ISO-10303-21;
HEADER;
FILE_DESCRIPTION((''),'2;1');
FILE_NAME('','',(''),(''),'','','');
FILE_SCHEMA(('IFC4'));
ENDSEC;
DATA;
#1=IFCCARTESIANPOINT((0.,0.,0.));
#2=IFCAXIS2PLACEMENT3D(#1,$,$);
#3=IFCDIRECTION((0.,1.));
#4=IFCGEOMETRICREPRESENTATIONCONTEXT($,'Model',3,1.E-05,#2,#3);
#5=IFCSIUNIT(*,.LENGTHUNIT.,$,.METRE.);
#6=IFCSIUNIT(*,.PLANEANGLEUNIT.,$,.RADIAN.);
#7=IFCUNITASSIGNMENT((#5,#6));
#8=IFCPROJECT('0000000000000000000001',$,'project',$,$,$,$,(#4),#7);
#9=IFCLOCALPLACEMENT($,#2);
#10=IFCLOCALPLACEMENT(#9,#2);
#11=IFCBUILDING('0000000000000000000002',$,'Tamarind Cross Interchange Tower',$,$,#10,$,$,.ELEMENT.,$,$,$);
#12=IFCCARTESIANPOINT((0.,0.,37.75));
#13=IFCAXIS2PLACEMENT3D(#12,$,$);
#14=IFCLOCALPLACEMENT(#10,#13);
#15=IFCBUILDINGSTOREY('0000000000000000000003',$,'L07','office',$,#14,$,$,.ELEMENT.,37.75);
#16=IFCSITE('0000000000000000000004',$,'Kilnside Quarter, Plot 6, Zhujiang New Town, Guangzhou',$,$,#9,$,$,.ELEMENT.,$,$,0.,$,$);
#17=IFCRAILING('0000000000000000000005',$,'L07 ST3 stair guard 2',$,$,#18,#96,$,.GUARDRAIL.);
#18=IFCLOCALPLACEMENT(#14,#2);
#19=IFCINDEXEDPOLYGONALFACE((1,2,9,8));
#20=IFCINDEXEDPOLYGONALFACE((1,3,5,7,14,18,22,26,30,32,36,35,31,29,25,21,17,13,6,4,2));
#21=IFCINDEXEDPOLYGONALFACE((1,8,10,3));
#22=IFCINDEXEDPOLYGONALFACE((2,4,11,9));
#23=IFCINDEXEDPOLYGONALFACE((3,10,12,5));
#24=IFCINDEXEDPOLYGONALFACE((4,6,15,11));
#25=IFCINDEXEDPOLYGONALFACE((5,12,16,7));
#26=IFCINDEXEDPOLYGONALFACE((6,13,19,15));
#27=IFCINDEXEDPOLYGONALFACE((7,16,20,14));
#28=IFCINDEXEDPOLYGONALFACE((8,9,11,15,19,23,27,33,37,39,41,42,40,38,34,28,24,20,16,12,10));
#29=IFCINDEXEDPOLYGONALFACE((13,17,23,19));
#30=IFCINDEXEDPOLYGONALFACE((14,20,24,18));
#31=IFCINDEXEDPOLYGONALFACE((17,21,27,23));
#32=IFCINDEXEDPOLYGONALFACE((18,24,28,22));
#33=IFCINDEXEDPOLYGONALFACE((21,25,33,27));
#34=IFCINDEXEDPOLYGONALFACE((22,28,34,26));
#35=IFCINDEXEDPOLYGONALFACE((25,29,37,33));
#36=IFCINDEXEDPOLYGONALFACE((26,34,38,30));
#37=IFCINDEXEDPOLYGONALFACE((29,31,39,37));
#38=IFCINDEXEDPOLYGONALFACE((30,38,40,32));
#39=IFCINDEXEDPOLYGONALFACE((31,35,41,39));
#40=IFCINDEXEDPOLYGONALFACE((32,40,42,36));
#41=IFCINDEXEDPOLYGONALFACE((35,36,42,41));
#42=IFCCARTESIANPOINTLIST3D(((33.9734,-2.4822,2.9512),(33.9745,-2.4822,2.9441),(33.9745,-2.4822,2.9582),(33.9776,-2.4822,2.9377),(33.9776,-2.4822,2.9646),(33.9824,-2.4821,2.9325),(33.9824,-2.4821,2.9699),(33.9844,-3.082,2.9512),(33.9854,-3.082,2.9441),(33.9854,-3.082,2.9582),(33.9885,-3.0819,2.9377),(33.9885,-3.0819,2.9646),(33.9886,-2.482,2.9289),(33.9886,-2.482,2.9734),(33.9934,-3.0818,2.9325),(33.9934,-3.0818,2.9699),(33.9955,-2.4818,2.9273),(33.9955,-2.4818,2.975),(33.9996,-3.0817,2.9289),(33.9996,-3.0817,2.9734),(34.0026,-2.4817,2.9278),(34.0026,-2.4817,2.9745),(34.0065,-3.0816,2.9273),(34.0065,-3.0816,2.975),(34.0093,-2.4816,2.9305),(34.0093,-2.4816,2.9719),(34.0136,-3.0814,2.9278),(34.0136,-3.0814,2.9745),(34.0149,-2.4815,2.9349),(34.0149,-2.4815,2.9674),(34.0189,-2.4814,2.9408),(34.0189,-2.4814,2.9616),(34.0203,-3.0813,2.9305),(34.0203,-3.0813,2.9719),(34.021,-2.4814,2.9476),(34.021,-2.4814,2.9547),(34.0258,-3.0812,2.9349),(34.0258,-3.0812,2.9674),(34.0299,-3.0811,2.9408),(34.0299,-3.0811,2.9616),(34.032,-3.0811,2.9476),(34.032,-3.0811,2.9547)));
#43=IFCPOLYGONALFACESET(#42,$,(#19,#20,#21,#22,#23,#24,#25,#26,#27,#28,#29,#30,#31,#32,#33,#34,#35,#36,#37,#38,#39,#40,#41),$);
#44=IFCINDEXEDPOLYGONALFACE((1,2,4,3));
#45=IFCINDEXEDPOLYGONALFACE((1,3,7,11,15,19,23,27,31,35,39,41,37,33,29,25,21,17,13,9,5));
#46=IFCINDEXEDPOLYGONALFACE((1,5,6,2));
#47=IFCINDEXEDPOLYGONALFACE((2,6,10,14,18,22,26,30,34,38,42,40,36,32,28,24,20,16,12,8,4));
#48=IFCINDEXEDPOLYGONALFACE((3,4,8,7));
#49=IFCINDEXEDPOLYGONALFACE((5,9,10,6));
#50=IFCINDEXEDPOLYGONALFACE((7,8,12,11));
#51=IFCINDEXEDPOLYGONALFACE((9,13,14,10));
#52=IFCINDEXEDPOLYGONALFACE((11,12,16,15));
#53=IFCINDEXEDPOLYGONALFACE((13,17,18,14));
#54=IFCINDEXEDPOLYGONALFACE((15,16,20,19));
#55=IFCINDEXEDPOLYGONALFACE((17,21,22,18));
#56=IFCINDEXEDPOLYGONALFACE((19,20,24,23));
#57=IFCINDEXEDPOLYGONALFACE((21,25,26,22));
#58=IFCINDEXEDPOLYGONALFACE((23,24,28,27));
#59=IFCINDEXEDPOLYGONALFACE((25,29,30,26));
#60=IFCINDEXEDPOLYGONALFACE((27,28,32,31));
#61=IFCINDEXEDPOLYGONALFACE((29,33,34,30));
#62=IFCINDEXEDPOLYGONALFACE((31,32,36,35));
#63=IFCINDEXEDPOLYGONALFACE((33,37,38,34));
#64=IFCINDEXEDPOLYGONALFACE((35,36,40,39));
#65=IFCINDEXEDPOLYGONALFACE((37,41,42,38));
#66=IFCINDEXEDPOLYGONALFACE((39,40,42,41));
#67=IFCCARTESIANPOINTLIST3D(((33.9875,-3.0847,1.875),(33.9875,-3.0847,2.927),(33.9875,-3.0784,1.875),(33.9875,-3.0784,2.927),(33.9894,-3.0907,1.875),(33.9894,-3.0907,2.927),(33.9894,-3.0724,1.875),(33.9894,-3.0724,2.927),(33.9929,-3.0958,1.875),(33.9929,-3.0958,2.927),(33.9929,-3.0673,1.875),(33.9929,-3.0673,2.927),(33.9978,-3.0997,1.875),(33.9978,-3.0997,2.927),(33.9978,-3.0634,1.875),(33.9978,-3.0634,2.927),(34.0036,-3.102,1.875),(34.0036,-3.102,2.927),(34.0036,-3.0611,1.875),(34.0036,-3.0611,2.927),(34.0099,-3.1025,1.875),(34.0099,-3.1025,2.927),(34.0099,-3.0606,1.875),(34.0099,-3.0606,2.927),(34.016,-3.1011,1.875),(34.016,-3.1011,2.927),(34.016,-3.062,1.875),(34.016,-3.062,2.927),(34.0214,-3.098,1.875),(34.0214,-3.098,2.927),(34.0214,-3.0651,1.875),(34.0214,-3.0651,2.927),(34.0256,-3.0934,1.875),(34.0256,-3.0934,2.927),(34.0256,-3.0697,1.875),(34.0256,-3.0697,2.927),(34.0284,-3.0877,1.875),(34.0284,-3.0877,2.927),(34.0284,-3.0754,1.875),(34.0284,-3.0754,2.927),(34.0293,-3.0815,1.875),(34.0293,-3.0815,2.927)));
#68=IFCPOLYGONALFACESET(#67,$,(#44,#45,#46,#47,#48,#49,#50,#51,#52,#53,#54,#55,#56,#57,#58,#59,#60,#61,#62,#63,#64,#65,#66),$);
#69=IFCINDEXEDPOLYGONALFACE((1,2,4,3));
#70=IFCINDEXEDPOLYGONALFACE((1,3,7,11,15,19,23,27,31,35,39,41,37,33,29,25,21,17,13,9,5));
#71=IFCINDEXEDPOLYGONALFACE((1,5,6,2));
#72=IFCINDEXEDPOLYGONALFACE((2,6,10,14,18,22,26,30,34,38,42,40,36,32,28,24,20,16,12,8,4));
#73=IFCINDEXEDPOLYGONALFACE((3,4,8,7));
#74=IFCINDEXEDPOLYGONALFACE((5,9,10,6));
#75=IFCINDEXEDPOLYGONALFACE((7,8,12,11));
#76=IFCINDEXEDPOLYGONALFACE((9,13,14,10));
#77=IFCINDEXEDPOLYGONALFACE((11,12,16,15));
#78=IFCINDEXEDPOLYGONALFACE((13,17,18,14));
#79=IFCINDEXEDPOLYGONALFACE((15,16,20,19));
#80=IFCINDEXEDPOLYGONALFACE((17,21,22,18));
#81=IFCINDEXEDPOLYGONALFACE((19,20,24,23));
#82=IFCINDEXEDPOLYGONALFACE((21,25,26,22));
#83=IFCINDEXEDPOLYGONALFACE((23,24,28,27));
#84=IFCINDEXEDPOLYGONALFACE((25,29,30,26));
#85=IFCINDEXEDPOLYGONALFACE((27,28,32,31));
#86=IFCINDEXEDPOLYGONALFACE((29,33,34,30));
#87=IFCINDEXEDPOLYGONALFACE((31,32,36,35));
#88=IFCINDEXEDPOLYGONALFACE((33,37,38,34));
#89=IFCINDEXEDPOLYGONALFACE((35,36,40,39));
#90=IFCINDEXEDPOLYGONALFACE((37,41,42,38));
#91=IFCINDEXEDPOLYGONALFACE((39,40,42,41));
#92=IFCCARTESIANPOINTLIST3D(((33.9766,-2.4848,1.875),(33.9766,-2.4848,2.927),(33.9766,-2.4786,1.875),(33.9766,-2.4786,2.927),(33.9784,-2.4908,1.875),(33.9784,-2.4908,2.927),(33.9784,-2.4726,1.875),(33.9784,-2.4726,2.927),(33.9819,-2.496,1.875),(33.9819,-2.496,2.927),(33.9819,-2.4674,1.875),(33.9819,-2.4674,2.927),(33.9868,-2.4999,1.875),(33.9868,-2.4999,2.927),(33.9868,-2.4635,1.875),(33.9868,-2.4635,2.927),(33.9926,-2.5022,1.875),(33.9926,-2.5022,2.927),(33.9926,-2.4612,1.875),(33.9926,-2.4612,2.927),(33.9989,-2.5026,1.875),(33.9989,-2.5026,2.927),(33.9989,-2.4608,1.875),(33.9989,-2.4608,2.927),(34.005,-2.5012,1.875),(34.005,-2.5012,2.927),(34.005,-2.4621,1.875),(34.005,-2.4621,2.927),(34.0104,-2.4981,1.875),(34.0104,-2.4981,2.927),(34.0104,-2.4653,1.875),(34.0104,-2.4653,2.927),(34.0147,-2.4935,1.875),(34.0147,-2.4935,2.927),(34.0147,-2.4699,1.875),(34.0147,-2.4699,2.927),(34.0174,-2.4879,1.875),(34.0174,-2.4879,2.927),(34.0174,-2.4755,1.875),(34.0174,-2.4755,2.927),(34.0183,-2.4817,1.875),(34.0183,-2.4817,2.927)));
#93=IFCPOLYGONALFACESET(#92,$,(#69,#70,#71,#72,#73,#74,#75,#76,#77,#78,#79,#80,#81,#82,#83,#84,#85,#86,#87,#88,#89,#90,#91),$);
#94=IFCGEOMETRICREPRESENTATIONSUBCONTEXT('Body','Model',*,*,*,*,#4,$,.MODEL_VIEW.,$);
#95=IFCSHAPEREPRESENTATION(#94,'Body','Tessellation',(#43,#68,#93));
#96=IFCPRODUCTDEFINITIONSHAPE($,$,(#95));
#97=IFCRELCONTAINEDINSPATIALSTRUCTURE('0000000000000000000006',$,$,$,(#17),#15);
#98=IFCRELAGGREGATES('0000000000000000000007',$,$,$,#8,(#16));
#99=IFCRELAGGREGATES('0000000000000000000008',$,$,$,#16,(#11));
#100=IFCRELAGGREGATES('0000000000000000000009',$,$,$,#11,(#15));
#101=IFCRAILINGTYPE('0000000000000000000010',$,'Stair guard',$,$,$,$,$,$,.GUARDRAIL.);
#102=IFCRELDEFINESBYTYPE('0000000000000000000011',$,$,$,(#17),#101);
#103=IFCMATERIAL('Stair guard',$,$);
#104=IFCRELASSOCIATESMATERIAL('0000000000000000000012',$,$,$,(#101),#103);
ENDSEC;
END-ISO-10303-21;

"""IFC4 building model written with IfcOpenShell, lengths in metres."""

from ifc_helpers import new_model, si_unit, direction, frame, origin, origin_2d, place, context, subcontext, project, spatial, circle, extrude, material, type_object, element, save


model = new_model("IFC4")

# Units and contexts
model_context = context("Model", 3, precision=1e-05, world=origin(), true_north=direction((0.0, 1.0)))
body_context = subcontext(model_context, "Body", "Model", "MODEL_VIEW")
ifc_project = project(units=[si_unit("LENGTHUNIT", "METRE"), si_unit("PLANEANGLEUNIT", "RADIAN")], contexts=[model_context])

# Site, building, storey
site_placement = place(None, origin())
site = spatial("IfcSite", under=ifc_project, at=site_placement, Name="Kilnside Quarter, Plot 6, Zhujiang New Town, Guangzhou", CompositionType="ELEMENT", RefElevation=0.0)
building_placement = place(site_placement, origin())
building = spatial("IfcBuilding", under=site, at=building_placement, Name="Tamarind Cross Interchange Tower", CompositionType="ELEMENT")
storey_placement = place(building_placement, frame((0.0, 0.0, 37.75)))
storey = spatial("IfcBuildingStorey", under=building, at=storey_placement, Name="L07", Description="office", CompositionType="ELEMENT", Elevation=37.75)

# Railing
ifc_material_1 = material(Name="Stair guard")
railing_type_1 = type_object("IfcRailingType", Name="Stair guard", PredefinedType="GUARDRAIL", material=ifc_material_1)
railing_1_placement = place(storey_placement, frame((34.0083, -3.0815, 1.875)))
element("IfcRailing", 1, at=railing_1_placement, inside=storey, type_object=railing_type_1, Name="L07 ST3 stair guard 2", PredefinedType="GUARDRAIL", context=body_context, shape_type="SweptSolid", body=[
    extrude(circle(Radius=0.0239, at=origin_2d()), frame((0.0, 0.0, 1.0762), z_axis=(-0.018312, 0.999832, 0.0), x_axis=(-0.999832, -0.018312, 0.0)), (0.0, 0.0, 1.0), 0.5999),
    extrude(circle(Radius=0.021, at=origin_2d()), origin(), (0.0, 0.0, 1.0), 1.052),
    extrude(circle(Radius=0.021, at=origin_2d()), frame((-0.011, 0.5999, 0.0)), (0.0, 0.0, 1.0), 1.052),
])

save(model, "model.ifc")
